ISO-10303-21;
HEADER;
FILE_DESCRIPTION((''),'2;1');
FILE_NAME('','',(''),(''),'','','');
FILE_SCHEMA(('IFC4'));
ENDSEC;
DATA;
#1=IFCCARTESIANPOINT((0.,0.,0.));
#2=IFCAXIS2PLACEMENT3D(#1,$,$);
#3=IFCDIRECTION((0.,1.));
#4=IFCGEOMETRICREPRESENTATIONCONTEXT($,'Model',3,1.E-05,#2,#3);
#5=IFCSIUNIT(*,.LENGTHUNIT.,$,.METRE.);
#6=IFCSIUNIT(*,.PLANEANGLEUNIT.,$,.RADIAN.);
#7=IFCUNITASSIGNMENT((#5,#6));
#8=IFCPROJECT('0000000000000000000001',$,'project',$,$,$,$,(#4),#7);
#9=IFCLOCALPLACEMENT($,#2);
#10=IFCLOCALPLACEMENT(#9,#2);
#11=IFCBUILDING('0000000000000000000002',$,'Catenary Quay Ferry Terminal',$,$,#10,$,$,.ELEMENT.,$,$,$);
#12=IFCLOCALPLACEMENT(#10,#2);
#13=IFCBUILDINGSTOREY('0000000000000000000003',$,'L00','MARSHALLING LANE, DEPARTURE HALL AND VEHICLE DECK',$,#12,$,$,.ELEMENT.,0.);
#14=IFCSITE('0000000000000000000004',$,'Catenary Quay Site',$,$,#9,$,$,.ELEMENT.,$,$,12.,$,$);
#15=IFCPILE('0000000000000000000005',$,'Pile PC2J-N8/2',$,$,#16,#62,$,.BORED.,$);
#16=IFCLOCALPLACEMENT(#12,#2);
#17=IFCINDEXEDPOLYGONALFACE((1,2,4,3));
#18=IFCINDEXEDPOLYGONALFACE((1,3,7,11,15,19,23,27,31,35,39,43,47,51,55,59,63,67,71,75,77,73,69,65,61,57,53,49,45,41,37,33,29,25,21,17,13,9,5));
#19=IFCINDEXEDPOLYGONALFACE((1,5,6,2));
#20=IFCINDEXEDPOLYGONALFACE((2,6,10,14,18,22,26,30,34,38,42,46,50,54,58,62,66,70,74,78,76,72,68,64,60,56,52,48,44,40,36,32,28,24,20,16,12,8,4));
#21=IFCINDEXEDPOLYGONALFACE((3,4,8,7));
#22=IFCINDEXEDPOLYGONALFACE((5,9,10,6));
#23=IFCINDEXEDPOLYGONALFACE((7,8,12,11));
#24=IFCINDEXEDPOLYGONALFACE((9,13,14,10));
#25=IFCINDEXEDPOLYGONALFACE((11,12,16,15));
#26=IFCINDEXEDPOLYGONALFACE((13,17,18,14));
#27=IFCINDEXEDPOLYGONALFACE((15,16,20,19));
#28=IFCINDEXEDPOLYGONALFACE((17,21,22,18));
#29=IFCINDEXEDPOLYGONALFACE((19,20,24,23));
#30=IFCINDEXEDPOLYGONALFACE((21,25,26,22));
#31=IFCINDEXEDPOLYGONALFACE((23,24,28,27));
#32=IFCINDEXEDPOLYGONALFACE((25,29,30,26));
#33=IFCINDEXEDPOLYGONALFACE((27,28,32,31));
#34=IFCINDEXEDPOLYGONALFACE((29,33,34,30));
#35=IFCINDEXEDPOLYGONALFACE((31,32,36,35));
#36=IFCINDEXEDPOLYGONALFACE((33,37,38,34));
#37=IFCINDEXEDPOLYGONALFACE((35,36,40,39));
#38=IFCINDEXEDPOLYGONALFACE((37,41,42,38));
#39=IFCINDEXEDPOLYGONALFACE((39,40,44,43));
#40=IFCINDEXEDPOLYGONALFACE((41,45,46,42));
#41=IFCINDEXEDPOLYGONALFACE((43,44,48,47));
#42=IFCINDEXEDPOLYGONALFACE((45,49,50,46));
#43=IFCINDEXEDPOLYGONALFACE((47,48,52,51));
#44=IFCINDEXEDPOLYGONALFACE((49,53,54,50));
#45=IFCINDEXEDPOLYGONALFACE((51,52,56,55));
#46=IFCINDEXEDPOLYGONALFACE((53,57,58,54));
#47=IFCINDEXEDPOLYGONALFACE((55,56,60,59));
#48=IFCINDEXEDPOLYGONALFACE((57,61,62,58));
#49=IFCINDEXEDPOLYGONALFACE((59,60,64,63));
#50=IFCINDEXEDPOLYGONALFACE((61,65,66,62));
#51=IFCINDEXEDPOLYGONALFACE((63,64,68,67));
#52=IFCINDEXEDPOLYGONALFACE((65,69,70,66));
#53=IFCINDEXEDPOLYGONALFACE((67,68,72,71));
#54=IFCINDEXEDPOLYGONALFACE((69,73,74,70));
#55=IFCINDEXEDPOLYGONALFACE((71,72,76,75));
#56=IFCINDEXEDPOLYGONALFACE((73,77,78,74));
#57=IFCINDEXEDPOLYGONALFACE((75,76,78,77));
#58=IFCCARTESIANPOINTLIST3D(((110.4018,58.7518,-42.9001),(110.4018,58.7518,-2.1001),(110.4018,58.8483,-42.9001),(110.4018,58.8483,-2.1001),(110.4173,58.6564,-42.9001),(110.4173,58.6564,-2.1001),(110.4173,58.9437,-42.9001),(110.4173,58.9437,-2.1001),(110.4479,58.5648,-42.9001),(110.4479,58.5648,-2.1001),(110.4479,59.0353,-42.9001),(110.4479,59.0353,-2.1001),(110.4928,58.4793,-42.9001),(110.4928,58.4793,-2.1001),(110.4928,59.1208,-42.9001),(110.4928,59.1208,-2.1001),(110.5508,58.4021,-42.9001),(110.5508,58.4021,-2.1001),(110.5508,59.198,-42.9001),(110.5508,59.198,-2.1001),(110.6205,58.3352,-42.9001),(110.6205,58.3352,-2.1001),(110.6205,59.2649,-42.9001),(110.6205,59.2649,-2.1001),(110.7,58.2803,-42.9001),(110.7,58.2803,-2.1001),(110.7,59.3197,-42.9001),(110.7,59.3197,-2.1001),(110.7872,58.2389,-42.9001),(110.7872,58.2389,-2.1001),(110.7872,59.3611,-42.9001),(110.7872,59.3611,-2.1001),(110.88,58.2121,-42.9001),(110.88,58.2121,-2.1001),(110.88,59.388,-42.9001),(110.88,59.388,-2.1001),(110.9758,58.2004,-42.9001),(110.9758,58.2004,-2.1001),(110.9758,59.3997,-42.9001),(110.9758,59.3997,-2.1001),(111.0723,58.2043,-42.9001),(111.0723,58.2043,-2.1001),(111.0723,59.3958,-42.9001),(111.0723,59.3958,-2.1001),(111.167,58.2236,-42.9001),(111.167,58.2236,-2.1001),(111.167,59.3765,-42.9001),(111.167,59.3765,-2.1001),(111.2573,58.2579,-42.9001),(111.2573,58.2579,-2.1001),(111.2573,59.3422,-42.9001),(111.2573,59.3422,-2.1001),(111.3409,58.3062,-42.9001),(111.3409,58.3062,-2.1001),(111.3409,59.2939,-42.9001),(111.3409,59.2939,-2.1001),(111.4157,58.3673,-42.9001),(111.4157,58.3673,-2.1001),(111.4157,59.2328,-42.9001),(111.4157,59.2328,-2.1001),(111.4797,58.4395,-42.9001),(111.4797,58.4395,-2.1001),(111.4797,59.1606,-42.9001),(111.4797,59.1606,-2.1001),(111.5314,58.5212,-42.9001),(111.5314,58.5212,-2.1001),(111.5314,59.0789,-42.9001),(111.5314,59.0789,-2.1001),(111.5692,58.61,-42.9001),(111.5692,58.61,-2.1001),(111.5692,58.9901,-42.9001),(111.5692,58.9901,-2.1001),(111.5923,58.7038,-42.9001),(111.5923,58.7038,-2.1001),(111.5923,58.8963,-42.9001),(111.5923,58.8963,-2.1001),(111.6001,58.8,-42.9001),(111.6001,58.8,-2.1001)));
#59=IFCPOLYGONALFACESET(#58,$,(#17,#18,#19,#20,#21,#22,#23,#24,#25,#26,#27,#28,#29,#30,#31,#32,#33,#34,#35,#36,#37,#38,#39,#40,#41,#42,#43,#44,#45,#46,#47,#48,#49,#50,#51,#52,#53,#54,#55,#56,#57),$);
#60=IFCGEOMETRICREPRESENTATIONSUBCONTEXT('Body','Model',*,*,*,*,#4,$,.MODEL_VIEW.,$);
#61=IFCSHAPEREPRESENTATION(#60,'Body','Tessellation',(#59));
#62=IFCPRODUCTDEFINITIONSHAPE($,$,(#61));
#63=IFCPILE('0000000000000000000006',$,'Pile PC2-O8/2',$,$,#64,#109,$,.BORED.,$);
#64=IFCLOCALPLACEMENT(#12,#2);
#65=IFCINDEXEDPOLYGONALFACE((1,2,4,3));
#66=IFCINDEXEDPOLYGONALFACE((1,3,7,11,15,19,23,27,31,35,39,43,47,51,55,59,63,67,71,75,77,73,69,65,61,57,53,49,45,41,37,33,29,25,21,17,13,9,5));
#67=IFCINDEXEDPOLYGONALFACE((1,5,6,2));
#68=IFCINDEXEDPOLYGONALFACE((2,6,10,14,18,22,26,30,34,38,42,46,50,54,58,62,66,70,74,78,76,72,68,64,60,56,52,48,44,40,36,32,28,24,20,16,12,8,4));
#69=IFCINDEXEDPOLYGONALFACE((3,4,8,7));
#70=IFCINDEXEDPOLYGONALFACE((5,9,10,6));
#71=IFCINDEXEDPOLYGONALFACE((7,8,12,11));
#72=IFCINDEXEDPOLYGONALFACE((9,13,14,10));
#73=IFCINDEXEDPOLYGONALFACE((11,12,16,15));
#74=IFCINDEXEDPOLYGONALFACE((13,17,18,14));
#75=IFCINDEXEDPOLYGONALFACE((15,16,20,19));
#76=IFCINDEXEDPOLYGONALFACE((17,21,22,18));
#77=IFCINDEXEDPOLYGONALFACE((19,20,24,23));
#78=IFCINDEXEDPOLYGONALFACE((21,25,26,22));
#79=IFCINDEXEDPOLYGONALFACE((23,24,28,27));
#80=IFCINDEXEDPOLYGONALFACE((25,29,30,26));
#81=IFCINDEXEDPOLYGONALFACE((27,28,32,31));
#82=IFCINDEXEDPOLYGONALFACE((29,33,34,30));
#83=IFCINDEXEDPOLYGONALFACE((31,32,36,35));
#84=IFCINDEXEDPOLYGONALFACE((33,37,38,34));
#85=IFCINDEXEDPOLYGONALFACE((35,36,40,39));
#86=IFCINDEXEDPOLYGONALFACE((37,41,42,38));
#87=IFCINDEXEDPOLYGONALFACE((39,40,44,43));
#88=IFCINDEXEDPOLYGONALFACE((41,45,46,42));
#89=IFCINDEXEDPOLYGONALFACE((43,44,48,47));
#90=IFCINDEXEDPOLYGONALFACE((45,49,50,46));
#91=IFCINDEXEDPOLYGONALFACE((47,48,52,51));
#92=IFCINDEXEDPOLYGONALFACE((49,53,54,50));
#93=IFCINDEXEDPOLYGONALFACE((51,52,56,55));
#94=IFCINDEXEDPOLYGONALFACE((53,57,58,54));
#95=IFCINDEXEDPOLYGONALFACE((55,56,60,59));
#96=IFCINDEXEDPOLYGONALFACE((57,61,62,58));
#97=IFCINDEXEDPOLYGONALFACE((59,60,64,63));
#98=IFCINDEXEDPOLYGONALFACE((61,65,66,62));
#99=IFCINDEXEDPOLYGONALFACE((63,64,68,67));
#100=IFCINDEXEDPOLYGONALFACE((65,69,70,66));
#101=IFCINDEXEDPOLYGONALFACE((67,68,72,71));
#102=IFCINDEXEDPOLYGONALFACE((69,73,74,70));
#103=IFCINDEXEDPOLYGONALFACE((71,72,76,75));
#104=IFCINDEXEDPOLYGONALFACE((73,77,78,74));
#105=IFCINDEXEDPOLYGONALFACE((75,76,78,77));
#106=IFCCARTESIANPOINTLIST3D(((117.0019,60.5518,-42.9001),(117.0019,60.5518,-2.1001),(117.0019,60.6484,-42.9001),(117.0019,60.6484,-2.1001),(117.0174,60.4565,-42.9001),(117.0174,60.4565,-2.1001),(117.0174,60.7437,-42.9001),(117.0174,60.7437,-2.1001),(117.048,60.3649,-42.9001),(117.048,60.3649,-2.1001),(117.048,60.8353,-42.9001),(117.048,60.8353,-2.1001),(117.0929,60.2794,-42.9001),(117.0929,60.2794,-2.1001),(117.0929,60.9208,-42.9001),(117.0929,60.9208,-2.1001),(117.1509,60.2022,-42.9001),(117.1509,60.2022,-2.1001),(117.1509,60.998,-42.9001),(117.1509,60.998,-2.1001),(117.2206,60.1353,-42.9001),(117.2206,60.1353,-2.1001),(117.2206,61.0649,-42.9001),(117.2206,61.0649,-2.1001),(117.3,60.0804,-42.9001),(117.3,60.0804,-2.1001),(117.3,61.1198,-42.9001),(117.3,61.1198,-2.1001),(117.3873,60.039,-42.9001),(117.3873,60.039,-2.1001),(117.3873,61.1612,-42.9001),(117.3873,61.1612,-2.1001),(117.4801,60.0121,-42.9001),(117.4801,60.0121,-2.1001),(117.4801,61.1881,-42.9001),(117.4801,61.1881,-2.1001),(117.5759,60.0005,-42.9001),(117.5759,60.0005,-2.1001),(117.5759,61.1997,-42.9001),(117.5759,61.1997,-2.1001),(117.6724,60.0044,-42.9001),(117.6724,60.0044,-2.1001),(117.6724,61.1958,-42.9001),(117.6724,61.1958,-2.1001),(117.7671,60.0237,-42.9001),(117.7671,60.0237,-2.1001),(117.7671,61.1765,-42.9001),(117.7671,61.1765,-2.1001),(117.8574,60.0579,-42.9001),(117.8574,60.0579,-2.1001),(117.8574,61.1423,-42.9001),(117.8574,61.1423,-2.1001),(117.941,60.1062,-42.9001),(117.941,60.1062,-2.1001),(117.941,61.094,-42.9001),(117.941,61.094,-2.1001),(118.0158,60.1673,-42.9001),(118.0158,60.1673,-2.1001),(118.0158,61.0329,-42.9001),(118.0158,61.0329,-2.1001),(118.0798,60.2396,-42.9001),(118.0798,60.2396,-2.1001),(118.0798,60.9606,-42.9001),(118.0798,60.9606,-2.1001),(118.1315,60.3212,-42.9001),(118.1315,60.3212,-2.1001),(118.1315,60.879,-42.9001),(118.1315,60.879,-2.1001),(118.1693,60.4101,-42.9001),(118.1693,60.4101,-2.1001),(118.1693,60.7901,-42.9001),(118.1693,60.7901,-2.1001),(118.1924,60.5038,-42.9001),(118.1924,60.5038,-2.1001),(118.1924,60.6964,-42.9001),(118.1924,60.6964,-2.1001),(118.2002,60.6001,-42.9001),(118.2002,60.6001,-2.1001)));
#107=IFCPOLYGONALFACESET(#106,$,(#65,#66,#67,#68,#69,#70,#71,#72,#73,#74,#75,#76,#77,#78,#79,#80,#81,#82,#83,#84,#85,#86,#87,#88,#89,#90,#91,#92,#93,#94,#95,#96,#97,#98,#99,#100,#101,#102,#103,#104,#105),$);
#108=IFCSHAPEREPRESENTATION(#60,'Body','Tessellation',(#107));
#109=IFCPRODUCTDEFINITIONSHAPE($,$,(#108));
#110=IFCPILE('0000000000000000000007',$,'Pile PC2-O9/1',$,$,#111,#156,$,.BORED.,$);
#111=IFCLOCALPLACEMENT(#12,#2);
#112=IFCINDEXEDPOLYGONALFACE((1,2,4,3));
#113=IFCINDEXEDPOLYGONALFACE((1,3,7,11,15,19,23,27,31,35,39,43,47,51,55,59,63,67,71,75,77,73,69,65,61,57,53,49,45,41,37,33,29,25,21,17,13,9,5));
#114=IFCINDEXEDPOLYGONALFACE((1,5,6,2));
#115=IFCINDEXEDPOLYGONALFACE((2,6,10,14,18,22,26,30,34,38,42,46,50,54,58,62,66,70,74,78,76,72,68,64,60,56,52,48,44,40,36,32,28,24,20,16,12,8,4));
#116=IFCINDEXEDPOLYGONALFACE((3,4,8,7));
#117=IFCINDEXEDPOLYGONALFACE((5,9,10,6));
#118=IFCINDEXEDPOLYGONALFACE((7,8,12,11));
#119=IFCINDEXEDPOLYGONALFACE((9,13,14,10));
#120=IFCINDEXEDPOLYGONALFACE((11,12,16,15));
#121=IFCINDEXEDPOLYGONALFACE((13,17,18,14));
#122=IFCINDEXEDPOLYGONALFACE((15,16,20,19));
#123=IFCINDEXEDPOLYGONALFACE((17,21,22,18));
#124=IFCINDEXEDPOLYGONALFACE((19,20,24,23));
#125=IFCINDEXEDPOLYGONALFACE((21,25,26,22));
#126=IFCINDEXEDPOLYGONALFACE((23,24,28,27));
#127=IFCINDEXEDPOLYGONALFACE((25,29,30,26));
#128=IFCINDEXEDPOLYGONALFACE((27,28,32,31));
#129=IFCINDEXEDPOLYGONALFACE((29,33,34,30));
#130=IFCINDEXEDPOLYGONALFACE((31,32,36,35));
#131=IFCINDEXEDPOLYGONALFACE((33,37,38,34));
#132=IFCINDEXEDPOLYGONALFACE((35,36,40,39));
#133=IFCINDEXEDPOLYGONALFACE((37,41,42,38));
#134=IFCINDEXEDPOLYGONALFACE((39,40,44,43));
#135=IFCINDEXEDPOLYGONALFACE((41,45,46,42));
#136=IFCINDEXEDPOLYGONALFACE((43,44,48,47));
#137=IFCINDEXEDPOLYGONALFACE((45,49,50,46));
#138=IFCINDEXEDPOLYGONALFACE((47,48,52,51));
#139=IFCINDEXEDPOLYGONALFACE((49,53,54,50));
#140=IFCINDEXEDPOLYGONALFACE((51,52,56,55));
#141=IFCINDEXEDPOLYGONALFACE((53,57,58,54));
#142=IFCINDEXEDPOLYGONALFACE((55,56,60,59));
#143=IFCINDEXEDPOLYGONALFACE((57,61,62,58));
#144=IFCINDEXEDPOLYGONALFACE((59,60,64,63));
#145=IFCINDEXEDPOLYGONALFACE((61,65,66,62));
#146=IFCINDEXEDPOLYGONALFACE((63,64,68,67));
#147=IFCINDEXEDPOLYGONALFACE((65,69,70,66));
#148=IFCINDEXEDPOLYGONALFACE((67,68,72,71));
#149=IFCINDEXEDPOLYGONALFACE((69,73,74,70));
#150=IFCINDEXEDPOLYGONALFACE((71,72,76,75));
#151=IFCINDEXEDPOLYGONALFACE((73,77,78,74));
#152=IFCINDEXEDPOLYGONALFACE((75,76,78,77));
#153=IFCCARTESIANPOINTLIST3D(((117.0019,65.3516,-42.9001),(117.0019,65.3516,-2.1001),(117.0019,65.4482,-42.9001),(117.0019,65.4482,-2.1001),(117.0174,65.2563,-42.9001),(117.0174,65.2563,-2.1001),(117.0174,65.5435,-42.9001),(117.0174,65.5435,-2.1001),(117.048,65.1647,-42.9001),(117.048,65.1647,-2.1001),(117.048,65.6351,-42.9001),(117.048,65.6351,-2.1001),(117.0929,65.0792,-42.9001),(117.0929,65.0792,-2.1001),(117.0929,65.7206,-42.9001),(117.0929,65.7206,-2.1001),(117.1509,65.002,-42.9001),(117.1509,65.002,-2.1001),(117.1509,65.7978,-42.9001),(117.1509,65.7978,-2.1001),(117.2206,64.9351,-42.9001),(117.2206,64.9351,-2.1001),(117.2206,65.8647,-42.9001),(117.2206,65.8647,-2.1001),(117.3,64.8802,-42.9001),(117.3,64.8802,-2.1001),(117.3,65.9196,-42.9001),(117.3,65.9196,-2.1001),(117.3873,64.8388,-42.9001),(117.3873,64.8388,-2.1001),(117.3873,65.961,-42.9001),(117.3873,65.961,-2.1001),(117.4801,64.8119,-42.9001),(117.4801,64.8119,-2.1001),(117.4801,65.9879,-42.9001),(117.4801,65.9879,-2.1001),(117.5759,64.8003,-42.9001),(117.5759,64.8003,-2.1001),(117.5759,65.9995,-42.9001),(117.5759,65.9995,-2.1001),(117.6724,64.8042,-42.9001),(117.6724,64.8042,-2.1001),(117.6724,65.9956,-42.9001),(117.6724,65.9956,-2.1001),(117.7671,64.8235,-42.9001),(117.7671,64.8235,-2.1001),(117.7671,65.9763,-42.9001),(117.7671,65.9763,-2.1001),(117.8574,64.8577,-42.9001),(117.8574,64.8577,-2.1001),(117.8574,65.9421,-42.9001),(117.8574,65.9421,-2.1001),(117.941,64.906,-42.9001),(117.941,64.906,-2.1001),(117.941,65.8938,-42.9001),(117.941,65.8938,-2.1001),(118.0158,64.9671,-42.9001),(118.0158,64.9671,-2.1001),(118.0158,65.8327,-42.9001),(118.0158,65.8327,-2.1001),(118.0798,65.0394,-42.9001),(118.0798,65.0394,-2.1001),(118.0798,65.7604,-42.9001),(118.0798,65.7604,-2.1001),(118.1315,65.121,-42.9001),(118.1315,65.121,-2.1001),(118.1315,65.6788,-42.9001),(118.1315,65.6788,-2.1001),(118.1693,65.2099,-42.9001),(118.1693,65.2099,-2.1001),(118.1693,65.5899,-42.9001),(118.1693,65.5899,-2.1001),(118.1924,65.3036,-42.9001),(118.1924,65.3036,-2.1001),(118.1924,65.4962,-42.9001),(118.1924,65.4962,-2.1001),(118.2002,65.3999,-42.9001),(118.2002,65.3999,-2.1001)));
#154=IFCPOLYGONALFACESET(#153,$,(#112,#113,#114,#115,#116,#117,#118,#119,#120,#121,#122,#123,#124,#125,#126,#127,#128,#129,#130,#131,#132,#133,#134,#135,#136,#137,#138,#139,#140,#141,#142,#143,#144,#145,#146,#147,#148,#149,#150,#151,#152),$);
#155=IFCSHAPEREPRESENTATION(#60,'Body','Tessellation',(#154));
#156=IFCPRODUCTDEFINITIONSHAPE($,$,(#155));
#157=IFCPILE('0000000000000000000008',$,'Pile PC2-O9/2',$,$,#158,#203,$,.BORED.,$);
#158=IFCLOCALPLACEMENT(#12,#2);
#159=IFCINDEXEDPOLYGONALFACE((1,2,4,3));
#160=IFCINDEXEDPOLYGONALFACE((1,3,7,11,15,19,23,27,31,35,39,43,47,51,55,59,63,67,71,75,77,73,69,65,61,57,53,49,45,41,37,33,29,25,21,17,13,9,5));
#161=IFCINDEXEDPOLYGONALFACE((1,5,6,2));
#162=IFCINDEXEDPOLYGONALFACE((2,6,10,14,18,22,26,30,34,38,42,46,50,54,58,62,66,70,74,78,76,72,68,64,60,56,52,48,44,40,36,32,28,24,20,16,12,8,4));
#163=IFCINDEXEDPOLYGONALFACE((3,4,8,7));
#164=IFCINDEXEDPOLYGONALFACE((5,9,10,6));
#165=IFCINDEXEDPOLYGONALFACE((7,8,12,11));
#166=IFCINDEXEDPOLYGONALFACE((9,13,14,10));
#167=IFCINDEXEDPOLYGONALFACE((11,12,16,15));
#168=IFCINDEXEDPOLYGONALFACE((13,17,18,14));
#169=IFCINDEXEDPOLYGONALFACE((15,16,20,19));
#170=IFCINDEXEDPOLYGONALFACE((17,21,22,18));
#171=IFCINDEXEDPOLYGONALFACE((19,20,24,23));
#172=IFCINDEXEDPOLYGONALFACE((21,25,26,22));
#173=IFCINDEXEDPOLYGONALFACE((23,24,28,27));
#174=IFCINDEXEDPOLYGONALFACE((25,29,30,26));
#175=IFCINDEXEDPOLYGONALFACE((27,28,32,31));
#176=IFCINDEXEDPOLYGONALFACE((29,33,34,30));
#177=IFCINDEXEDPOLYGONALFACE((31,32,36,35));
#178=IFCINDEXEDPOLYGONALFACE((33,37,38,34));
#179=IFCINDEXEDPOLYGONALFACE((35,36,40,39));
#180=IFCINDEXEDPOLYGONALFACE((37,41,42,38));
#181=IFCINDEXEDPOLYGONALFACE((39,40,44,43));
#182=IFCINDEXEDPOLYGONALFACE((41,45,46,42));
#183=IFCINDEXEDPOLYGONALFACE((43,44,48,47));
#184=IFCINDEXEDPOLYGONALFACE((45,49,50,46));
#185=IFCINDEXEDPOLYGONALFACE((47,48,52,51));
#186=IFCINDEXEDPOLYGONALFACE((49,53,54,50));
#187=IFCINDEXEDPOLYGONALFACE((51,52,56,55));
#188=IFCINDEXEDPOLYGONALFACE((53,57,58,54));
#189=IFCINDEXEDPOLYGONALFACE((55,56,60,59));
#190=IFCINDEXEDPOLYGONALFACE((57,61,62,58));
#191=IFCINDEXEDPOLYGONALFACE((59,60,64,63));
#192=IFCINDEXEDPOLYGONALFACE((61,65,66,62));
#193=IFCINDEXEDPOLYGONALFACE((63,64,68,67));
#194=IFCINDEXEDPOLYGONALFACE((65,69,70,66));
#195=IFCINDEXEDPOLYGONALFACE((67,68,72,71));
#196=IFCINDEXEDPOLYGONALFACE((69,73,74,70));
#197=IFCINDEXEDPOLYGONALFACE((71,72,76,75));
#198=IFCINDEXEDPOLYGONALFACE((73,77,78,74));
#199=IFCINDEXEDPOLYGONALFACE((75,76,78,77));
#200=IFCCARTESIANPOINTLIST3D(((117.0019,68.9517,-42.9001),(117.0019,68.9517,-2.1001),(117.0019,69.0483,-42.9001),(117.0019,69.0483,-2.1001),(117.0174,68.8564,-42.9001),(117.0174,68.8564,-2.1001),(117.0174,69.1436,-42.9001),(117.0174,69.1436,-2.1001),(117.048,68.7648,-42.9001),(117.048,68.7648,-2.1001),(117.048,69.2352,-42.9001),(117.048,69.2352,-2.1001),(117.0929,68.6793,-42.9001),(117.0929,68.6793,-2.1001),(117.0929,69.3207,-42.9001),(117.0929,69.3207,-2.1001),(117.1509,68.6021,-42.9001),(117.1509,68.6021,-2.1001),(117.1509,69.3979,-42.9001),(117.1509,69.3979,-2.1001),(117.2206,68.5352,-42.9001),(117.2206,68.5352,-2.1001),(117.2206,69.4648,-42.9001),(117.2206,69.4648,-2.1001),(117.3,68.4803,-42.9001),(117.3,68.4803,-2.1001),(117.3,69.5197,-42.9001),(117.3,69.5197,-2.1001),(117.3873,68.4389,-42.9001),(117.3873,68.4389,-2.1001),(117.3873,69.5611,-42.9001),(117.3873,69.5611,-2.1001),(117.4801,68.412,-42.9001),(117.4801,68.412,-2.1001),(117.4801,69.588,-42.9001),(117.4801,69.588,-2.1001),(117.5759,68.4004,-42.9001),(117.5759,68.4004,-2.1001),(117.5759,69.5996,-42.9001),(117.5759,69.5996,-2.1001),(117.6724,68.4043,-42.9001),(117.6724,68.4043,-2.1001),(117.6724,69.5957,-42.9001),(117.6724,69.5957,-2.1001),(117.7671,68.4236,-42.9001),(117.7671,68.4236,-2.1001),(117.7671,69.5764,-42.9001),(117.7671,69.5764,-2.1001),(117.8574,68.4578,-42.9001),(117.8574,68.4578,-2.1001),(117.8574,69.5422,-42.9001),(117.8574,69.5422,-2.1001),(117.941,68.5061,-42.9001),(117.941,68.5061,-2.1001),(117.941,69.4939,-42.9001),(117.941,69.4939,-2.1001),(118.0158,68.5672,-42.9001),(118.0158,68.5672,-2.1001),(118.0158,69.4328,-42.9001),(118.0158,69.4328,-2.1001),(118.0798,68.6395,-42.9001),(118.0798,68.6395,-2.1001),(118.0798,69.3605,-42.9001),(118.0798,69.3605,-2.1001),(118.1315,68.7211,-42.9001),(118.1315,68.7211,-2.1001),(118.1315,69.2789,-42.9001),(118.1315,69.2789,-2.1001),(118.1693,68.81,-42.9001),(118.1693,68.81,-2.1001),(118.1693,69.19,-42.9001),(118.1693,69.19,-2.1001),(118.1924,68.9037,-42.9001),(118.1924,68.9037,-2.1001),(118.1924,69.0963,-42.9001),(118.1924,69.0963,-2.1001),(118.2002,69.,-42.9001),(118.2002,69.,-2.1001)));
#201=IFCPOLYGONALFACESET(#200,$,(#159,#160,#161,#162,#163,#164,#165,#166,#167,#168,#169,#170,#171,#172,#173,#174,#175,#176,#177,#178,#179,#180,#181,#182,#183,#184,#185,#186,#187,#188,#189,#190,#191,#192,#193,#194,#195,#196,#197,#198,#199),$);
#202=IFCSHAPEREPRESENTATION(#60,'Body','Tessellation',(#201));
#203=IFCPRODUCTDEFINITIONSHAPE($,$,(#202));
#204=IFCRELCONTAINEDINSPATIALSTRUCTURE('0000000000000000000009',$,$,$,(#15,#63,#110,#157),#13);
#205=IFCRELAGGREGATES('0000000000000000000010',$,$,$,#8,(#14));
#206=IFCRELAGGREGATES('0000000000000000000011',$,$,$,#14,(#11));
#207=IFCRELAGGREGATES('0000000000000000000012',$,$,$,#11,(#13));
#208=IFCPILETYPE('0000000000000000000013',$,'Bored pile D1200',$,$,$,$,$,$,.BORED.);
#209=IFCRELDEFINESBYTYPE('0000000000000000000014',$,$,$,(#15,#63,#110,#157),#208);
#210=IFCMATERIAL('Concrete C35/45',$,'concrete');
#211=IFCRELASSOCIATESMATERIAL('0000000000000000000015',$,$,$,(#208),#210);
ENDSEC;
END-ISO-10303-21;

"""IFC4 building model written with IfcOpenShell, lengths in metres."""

from ifc_helpers import new_model, si_unit, direction, frame, origin, origin_2d, place, context, subcontext, project, spatial, circle, extrude, material, material_profile, profile_set, type_object, element, save


model = new_model("IFC4")

# Units and contexts
model_context = context("Model", 3, precision=1e-05, world=origin(), true_north=direction((0.0, 1.0)))
body_context = subcontext(model_context, "Body", "Model", "MODEL_VIEW")
ifc_project = project(units=[si_unit("LENGTHUNIT", "METRE"), si_unit("PLANEANGLEUNIT", "RADIAN")], contexts=[model_context])

# Site, building, storey
site_placement = place(None, origin())
site = spatial("IfcSite", under=ifc_project, at=site_placement, Name="Catenary Quay Site", CompositionType="ELEMENT", RefElevation=12.0)
building_placement = place(site_placement, origin())
building = spatial("IfcBuilding", under=site, at=building_placement, Name="Catenary Quay Ferry Terminal", CompositionType="ELEMENT")
storey_placement = place(building_placement, origin())
storey = spatial("IfcBuildingStorey", under=building, at=storey_placement, Name="L00", Description="MARSHALLING LANE, DEPARTURE HALL AND VEHICLE DECK", CompositionType="ELEMENT", Elevation=0.0)

# Piles
ifc_material_1 = material(Name="Concrete C35/45", Category="concrete")
ifc_material_profile_1 = material_profile(ifc_material_1, circle(Radius=0.6001, at=origin_2d()), Name="D1200")
ifc_profile_set_1 = profile_set([ifc_material_profile_1], Name="Concrete C35/45")
pile_type = type_object("IfcPileType", Name="Bored pile D1200", PredefinedType="BORED", material=ifc_profile_set_1)
for number, where, z_axis, x_axis, name in (
    (1, (111.0, 58.8, -2.1001), (0.0, 0.0, -1.0), (1.0, 0.0, 0.0), "Pile PC2J-N8/2"),
    (2, (117.6001, 60.6001, -2.1001), (0.0, 0.0, -1.0), (1.0, 0.0, 0.0), "Pile PC2-O8/2"),
    (3, (117.6001, 65.3999, -2.1001), (0.0, 0.0, -1.0), (1.0, 0.0, 0.0), "Pile PC2-O9/1"),
    (4, (117.6001, 69.0, -2.1001), (0.0, 0.0, -1.0), (1.0, 0.0, 0.0), "Pile PC2-O9/2"),
):
    element("IfcPile", number, at=place(storey_placement, frame(where, z_axis=z_axis, x_axis=x_axis)), inside=storey, type_object=pile_type, Name=name, PredefinedType="BORED", context=body_context, shape_type="SweptSolid", body=[
        extrude(circle(Radius=0.6001, at=origin_2d()), origin(), (0.0, 0.0, 1.0), 40.8),
    ])

save(model, "model.ifc")
